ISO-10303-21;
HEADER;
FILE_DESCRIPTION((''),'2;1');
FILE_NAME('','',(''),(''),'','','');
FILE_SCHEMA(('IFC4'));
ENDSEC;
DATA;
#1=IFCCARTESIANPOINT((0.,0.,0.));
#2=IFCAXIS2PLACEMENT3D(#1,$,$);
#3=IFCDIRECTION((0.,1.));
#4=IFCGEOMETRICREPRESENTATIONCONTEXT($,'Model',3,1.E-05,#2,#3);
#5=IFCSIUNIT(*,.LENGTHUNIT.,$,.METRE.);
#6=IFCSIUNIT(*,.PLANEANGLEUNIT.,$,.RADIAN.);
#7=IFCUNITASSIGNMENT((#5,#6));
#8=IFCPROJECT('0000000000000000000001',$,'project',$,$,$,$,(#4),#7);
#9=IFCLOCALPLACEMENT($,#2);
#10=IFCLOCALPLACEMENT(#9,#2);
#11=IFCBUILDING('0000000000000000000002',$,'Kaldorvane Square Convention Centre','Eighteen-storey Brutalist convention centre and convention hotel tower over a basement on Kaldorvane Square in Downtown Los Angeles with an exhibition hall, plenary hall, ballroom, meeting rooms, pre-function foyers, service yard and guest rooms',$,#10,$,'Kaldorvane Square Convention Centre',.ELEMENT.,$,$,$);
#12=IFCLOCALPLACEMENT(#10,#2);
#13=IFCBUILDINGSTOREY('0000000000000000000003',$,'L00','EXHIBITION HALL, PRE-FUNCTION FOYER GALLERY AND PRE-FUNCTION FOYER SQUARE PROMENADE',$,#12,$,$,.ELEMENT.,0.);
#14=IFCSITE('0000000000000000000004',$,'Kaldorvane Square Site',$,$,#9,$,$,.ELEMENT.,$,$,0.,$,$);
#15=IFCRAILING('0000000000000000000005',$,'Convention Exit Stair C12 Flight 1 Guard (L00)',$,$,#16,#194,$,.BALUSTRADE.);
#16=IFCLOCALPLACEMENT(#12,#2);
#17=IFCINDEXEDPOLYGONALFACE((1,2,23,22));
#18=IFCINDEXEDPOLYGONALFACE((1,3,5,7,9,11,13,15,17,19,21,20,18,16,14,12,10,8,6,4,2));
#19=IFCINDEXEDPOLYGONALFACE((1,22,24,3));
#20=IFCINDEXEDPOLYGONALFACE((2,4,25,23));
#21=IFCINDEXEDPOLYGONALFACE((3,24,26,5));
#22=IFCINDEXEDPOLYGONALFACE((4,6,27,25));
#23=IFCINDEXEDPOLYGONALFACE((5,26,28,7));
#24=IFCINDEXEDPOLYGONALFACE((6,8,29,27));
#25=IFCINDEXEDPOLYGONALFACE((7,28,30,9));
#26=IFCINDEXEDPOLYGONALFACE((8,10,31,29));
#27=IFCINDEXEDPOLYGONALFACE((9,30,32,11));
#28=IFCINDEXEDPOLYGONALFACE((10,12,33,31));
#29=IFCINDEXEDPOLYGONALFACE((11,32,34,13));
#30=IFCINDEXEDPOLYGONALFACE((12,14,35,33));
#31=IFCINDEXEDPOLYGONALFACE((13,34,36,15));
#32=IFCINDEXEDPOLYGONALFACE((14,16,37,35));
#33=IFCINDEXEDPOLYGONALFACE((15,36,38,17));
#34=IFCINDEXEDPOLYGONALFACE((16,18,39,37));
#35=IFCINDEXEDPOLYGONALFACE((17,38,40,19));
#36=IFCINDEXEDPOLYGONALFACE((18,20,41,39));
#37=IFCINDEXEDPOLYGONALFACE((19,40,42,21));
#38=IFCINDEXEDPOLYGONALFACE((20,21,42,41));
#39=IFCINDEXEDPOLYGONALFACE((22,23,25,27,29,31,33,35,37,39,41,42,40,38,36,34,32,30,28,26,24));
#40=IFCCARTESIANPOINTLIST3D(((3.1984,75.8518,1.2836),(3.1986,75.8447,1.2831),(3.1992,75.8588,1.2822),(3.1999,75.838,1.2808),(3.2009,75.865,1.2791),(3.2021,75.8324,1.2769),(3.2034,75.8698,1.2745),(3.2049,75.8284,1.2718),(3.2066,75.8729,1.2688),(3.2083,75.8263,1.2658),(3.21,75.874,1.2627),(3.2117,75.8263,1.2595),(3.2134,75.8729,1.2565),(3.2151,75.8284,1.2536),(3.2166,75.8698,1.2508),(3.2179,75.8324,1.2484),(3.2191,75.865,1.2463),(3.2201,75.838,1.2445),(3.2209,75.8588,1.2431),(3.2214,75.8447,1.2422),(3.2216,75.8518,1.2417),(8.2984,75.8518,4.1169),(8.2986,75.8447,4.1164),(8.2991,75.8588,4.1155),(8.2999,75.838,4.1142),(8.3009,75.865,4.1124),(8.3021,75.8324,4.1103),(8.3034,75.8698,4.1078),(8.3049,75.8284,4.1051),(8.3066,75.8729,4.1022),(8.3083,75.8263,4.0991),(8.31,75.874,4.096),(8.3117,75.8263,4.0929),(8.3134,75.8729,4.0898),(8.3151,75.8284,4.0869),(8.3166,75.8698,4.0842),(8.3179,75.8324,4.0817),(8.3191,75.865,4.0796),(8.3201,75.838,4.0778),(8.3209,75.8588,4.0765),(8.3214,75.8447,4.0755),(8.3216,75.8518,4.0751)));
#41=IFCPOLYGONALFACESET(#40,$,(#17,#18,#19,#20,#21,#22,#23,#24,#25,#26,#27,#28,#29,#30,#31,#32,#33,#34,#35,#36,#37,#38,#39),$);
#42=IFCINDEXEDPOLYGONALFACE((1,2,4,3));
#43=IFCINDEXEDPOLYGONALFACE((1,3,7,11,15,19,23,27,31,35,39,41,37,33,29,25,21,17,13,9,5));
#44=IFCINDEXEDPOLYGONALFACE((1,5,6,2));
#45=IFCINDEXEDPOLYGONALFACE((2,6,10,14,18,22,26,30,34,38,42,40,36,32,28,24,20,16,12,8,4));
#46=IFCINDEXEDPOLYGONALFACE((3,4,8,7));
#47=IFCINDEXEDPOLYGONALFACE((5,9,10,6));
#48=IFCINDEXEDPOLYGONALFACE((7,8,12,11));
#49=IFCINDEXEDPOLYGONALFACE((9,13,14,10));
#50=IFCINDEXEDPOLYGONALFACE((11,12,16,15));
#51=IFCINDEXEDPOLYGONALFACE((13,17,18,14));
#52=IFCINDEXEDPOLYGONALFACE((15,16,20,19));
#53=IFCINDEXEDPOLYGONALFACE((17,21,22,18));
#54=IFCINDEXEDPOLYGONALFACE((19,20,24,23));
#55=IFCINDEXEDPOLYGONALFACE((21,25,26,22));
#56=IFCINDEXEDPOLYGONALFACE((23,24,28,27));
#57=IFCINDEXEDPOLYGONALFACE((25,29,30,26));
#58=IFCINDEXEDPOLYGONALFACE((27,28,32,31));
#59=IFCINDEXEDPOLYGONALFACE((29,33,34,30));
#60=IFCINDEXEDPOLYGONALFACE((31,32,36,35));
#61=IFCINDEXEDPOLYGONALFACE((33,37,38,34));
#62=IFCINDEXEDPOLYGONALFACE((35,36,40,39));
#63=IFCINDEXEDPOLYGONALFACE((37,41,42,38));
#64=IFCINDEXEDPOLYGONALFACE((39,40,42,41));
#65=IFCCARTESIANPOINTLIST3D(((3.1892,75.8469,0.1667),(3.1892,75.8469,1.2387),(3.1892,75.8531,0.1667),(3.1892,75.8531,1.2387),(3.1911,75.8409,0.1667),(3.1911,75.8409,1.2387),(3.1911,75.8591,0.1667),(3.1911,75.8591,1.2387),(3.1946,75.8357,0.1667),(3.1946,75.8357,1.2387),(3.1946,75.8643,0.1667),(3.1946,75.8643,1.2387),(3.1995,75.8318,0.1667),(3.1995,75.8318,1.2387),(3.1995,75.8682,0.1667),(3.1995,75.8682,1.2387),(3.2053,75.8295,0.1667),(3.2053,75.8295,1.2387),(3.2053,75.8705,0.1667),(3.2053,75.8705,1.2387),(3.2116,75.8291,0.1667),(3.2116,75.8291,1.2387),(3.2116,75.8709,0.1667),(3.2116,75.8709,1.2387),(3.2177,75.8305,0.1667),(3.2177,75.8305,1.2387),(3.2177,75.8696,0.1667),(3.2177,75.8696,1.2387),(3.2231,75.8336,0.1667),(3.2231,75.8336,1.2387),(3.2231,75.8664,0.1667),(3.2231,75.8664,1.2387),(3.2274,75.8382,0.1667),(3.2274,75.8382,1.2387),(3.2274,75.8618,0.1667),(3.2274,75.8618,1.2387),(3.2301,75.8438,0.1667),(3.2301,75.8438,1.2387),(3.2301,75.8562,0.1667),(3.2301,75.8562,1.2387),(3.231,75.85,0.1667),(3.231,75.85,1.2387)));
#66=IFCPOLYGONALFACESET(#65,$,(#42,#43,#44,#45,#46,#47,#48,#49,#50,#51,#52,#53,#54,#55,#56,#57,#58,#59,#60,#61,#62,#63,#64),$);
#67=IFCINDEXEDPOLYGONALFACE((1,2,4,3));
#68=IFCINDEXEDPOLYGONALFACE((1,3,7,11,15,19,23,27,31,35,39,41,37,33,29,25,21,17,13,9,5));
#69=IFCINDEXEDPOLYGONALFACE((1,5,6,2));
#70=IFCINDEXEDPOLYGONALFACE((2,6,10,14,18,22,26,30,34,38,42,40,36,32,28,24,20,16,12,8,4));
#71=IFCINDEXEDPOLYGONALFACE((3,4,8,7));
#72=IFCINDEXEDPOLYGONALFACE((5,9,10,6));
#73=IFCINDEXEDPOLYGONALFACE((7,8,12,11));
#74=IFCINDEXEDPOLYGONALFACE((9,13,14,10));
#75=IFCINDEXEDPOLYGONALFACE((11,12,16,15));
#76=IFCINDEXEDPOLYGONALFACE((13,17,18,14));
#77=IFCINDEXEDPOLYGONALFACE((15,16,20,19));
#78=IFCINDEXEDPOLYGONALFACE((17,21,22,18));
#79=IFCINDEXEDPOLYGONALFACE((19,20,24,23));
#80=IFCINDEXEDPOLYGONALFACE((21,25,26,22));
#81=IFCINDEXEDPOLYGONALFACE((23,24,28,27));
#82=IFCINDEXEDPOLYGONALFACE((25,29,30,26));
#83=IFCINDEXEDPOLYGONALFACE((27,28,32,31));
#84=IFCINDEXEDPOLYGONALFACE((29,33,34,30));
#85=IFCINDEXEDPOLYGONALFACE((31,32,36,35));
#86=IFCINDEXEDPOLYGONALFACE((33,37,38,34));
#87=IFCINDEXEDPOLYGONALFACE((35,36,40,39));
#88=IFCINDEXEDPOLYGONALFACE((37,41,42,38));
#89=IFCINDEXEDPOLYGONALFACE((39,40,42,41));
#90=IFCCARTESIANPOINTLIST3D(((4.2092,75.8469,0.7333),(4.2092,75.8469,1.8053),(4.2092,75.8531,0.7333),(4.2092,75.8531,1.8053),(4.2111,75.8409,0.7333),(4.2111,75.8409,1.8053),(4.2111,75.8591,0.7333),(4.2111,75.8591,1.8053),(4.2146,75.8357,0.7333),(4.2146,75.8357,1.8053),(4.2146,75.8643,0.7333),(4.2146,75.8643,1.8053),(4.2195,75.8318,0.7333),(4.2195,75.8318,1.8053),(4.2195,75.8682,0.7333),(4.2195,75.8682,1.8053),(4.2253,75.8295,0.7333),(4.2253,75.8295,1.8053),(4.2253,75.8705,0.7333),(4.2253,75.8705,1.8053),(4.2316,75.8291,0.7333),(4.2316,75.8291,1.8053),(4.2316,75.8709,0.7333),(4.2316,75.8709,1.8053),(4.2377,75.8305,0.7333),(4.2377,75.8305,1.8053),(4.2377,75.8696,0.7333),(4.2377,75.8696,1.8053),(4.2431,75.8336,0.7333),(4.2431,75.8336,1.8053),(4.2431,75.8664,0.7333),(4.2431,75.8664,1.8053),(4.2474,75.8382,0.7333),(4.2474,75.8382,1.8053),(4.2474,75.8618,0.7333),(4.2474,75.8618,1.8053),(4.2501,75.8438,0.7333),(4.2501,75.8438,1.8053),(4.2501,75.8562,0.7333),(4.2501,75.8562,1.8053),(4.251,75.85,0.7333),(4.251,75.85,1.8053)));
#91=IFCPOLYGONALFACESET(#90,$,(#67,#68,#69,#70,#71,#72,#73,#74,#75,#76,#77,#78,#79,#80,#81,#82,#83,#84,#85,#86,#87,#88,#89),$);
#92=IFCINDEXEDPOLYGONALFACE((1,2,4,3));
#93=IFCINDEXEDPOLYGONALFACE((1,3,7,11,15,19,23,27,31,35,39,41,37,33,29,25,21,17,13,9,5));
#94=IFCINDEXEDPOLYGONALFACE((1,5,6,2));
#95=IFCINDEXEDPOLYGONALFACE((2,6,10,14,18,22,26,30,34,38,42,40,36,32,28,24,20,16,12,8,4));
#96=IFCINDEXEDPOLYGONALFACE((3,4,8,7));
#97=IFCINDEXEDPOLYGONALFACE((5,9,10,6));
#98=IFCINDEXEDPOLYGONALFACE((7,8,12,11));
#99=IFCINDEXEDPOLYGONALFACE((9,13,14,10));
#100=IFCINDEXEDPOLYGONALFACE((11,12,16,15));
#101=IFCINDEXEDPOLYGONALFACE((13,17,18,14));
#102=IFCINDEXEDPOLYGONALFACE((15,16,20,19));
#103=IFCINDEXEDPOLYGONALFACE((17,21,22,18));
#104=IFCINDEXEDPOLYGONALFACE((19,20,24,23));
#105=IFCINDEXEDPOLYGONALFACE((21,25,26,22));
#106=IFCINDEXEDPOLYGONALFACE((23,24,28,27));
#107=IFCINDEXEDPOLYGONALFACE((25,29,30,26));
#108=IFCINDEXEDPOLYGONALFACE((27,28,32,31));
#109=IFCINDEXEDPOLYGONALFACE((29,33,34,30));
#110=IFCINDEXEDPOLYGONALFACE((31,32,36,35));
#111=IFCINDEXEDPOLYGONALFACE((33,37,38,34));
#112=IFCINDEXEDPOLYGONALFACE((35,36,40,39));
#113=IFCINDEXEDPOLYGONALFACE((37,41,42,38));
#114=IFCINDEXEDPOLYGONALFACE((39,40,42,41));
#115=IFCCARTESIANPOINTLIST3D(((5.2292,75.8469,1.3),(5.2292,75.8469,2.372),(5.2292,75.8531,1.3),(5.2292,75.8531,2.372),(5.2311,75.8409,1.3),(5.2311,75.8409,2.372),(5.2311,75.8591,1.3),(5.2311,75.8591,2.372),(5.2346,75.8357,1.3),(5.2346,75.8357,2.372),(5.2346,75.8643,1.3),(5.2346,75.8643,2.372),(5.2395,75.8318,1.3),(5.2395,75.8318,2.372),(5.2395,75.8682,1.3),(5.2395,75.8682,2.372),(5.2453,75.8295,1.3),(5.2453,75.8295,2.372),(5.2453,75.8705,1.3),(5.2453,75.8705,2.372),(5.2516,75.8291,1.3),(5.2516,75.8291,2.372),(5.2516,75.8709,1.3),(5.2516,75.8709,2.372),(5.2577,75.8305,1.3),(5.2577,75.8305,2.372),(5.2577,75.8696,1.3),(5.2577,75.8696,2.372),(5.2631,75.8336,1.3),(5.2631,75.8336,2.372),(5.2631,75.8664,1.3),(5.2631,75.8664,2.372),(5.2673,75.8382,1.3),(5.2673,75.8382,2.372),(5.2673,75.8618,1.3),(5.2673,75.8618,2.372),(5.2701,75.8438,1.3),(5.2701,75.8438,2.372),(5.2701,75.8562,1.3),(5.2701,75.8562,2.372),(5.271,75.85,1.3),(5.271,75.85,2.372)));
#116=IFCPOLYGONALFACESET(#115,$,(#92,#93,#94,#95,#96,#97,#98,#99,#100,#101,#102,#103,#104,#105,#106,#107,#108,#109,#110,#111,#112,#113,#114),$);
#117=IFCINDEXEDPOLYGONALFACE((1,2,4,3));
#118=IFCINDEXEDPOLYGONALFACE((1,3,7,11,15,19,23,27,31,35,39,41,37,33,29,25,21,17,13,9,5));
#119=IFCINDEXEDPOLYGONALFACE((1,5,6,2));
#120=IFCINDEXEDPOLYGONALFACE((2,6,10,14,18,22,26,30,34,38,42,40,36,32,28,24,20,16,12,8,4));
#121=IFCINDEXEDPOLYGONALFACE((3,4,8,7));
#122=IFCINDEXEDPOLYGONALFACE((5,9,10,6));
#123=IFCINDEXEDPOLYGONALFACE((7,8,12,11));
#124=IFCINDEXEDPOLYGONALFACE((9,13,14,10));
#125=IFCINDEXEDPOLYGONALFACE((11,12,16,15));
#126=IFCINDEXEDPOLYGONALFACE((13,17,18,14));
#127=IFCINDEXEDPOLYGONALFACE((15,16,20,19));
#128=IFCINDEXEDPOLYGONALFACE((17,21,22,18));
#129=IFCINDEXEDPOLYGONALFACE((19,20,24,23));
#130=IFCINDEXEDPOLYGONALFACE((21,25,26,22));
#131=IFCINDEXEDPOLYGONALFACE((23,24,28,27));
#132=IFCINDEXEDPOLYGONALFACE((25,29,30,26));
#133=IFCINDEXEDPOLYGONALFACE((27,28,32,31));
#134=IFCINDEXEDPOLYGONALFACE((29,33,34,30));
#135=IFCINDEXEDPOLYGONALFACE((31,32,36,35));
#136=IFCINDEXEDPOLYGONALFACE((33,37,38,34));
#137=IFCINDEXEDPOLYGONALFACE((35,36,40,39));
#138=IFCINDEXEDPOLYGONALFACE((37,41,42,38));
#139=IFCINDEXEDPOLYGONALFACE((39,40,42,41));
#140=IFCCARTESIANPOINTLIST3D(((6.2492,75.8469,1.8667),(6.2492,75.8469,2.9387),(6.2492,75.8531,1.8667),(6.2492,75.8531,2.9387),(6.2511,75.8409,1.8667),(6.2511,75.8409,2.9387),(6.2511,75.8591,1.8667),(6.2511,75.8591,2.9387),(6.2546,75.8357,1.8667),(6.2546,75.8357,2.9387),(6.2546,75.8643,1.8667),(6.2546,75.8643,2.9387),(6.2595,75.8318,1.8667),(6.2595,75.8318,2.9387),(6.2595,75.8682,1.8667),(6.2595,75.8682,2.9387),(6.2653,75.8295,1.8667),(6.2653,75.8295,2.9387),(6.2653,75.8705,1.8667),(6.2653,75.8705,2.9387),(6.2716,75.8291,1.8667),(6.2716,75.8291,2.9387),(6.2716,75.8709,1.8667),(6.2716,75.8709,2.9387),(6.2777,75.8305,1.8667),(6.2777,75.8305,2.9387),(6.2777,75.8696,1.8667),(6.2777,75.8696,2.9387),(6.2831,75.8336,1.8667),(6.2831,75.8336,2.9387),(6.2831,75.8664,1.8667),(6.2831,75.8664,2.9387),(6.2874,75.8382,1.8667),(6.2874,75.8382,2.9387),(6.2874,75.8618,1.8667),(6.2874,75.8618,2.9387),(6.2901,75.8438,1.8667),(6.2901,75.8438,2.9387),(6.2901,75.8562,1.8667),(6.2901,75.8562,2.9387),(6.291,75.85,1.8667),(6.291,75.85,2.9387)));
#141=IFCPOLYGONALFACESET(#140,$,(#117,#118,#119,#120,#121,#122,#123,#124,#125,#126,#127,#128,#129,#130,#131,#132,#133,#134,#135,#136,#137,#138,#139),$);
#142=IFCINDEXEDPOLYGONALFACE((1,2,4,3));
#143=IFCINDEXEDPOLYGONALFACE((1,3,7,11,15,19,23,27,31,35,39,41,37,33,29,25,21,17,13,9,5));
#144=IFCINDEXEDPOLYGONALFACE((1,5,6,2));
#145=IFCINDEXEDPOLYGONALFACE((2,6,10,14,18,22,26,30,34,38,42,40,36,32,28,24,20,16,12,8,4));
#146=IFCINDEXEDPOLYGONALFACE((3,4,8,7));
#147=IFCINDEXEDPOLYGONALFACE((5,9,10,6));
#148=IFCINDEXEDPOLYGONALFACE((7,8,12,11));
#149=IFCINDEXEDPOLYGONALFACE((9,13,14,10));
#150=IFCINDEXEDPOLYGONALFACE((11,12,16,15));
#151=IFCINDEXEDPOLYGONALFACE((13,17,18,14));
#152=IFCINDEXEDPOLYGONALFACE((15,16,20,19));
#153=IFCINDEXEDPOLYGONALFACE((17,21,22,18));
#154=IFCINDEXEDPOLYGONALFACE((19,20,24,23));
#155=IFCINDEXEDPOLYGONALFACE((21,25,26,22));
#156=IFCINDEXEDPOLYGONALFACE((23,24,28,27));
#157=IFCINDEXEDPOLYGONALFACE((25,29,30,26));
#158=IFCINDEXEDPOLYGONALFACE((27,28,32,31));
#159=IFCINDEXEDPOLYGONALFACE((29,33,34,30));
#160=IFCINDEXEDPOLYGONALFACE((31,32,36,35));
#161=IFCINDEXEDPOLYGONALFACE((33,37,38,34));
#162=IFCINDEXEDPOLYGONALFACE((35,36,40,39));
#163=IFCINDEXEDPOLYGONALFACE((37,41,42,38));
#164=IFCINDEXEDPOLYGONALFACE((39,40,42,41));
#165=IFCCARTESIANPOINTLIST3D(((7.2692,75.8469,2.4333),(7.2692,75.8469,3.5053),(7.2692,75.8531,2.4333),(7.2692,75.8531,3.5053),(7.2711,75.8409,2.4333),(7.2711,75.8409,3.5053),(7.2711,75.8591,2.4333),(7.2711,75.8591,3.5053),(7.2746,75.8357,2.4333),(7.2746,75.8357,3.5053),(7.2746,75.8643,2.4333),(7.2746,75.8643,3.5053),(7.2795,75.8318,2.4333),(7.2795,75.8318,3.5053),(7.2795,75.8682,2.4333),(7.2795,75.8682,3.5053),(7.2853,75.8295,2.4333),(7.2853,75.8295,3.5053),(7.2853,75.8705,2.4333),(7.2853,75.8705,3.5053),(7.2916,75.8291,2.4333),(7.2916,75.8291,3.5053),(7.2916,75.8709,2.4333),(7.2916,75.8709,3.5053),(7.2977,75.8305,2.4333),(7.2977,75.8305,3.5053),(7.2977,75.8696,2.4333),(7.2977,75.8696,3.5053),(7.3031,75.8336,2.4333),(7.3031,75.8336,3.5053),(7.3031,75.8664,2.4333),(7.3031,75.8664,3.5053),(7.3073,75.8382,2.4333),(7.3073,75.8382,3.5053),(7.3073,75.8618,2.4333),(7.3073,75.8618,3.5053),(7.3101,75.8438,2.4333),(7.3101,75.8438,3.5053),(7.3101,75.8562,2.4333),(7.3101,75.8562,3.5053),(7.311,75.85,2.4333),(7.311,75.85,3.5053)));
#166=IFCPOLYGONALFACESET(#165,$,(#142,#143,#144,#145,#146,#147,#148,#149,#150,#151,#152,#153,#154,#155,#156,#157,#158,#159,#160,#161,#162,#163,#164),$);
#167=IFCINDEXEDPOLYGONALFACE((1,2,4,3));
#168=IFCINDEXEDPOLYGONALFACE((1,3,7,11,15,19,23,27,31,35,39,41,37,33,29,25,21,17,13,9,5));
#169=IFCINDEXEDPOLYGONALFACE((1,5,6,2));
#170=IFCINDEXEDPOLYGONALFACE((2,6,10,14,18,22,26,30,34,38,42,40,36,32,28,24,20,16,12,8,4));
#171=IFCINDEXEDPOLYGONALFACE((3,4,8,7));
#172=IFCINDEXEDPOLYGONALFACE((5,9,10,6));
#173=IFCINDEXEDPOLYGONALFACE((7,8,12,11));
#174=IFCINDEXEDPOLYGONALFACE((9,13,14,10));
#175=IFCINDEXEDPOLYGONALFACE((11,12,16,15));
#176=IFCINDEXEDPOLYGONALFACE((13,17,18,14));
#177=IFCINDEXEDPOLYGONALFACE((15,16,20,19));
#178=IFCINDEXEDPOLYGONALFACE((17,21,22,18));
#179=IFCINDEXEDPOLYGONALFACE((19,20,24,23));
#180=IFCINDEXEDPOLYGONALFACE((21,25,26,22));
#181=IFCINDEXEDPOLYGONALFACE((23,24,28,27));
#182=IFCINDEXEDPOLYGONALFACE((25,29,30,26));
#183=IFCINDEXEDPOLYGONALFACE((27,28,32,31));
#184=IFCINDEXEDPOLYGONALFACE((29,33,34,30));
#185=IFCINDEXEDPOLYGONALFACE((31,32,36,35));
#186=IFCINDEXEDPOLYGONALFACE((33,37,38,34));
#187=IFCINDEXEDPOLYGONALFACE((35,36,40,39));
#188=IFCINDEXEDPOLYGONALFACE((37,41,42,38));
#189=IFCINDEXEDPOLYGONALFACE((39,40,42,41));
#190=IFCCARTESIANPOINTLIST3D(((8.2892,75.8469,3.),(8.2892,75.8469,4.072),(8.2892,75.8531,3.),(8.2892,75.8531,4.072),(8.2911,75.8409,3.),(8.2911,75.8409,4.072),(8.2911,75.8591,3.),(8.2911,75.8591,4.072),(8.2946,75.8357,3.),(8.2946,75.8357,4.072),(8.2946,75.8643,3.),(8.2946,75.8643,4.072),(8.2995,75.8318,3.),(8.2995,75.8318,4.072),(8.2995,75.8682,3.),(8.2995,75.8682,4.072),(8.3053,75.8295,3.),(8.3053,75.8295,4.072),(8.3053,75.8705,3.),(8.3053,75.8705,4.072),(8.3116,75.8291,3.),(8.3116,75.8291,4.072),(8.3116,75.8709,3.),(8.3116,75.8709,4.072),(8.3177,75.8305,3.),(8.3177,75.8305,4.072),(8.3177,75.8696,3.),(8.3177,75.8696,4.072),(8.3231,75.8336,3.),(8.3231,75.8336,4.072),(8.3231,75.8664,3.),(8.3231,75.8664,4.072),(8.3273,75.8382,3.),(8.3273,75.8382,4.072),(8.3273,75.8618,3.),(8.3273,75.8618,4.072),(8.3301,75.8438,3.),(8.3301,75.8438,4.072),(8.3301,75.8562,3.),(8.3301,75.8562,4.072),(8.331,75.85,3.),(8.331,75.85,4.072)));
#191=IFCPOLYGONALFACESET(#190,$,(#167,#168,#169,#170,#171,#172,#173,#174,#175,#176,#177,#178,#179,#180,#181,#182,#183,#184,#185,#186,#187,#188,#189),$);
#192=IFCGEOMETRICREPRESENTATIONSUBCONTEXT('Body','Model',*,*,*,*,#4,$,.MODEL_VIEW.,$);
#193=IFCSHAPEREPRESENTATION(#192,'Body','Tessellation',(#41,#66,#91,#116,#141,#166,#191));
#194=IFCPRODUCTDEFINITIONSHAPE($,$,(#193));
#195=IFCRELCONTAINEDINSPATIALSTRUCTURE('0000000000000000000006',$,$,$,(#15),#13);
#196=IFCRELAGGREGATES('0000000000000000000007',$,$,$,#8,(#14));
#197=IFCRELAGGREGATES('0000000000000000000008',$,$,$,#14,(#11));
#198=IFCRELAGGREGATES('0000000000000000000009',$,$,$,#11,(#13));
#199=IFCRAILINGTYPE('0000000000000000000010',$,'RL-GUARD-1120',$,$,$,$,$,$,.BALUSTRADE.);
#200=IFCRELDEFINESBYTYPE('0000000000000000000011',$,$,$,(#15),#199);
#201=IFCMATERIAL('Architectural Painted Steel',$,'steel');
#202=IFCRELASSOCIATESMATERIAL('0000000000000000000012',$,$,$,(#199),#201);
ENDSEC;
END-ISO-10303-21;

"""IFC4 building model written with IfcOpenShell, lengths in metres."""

from ifc_helpers import new_model, si_unit, direction, frame, origin, origin_2d, place, context, subcontext, project, spatial, circle, extrude, material, type_object, element, save


model = new_model("IFC4")

# Units and contexts
model_context = context("Model", 3, precision=1e-05, world=origin(), true_north=direction((0.0, 1.0)))
body_context = subcontext(model_context, "Body", "Model", "MODEL_VIEW")
ifc_project = project(units=[si_unit("LENGTHUNIT", "METRE"), si_unit("PLANEANGLEUNIT", "RADIAN")], contexts=[model_context])

# Site, building, storey
site_placement = place(None, origin())
site = spatial("IfcSite", under=ifc_project, at=site_placement, Name="Kaldorvane Square Site", CompositionType="ELEMENT", RefElevation=0.0)
building_placement = place(site_placement, origin())
building = spatial("IfcBuilding", under=site, at=building_placement, Name="Kaldorvane Square Convention Centre", Description="Eighteen-storey Brutalist convention centre and convention hotel tower over a basement on Kaldorvane Square in Downtown Los Angeles with an exhibition hall, plenary hall, ballroom, meeting rooms, pre-function foyers, service yard and guest rooms", LongName="Kaldorvane Square Convention Centre", CompositionType="ELEMENT")
storey_placement = place(building_placement, origin())
storey = spatial("IfcBuildingStorey", under=building, at=storey_placement, Name="L00", Description="EXHIBITION HALL, PRE-FUNCTION FOYER GALLERY AND PRE-FUNCTION FOYER SQUARE PROMENADE", CompositionType="ELEMENT", Elevation=0.0)

# Railing
ifc_material_1 = material(Name="Architectural Painted Steel", Category="steel")
railing_type_1 = type_object("IfcRailingType", Name="RL-GUARD-1120", PredefinedType="BALUSTRADE", material=ifc_material_1)
railing_1_placement = place(storey_placement, frame((3.21, 75.85, 0.1667)))
element("IfcRailing", 1, at=railing_1_placement, inside=storey, type_object=railing_type_1, Name="Convention Exit Stair C12 Flight 1 Guard (L00)", PredefinedType="BALUSTRADE", context=body_context, shape_type="SweptSolid", body=[
    extrude(circle(Radius=0.024, at=origin_2d()), frame((0.0, 0.0, 1.096), z_axis=(0.874157, 0.0, 0.485643), x_axis=(0.0, 1.0, 0.0)), (0.0, 0.0, 1.0), 5.8342),
    extrude(circle(Radius=0.021, at=origin_2d()), origin(), (0.0, 0.0, 1.0), 1.072),
    extrude(circle(Radius=0.021, at=origin_2d()), frame((1.02, 0.0, 0.5667)), (0.0, 0.0, 1.0), 1.072),
    extrude(circle(Radius=0.021, at=origin_2d()), frame((2.04, 0.0, 1.1333)), (0.0, 0.0, 1.0), 1.072),
    extrude(circle(Radius=0.021, at=origin_2d()), frame((3.06, 0.0, 1.7)), (0.0, 0.0, 1.0), 1.072),
    extrude(circle(Radius=0.021, at=origin_2d()), frame((4.08, 0.0, 2.2667)), (0.0, 0.0, 1.0), 1.072),
    extrude(circle(Radius=0.021, at=origin_2d()), frame((5.1, 0.0, 2.8333)), (0.0, 0.0, 1.0), 1.072),
])

save(model, "model.ifc")
